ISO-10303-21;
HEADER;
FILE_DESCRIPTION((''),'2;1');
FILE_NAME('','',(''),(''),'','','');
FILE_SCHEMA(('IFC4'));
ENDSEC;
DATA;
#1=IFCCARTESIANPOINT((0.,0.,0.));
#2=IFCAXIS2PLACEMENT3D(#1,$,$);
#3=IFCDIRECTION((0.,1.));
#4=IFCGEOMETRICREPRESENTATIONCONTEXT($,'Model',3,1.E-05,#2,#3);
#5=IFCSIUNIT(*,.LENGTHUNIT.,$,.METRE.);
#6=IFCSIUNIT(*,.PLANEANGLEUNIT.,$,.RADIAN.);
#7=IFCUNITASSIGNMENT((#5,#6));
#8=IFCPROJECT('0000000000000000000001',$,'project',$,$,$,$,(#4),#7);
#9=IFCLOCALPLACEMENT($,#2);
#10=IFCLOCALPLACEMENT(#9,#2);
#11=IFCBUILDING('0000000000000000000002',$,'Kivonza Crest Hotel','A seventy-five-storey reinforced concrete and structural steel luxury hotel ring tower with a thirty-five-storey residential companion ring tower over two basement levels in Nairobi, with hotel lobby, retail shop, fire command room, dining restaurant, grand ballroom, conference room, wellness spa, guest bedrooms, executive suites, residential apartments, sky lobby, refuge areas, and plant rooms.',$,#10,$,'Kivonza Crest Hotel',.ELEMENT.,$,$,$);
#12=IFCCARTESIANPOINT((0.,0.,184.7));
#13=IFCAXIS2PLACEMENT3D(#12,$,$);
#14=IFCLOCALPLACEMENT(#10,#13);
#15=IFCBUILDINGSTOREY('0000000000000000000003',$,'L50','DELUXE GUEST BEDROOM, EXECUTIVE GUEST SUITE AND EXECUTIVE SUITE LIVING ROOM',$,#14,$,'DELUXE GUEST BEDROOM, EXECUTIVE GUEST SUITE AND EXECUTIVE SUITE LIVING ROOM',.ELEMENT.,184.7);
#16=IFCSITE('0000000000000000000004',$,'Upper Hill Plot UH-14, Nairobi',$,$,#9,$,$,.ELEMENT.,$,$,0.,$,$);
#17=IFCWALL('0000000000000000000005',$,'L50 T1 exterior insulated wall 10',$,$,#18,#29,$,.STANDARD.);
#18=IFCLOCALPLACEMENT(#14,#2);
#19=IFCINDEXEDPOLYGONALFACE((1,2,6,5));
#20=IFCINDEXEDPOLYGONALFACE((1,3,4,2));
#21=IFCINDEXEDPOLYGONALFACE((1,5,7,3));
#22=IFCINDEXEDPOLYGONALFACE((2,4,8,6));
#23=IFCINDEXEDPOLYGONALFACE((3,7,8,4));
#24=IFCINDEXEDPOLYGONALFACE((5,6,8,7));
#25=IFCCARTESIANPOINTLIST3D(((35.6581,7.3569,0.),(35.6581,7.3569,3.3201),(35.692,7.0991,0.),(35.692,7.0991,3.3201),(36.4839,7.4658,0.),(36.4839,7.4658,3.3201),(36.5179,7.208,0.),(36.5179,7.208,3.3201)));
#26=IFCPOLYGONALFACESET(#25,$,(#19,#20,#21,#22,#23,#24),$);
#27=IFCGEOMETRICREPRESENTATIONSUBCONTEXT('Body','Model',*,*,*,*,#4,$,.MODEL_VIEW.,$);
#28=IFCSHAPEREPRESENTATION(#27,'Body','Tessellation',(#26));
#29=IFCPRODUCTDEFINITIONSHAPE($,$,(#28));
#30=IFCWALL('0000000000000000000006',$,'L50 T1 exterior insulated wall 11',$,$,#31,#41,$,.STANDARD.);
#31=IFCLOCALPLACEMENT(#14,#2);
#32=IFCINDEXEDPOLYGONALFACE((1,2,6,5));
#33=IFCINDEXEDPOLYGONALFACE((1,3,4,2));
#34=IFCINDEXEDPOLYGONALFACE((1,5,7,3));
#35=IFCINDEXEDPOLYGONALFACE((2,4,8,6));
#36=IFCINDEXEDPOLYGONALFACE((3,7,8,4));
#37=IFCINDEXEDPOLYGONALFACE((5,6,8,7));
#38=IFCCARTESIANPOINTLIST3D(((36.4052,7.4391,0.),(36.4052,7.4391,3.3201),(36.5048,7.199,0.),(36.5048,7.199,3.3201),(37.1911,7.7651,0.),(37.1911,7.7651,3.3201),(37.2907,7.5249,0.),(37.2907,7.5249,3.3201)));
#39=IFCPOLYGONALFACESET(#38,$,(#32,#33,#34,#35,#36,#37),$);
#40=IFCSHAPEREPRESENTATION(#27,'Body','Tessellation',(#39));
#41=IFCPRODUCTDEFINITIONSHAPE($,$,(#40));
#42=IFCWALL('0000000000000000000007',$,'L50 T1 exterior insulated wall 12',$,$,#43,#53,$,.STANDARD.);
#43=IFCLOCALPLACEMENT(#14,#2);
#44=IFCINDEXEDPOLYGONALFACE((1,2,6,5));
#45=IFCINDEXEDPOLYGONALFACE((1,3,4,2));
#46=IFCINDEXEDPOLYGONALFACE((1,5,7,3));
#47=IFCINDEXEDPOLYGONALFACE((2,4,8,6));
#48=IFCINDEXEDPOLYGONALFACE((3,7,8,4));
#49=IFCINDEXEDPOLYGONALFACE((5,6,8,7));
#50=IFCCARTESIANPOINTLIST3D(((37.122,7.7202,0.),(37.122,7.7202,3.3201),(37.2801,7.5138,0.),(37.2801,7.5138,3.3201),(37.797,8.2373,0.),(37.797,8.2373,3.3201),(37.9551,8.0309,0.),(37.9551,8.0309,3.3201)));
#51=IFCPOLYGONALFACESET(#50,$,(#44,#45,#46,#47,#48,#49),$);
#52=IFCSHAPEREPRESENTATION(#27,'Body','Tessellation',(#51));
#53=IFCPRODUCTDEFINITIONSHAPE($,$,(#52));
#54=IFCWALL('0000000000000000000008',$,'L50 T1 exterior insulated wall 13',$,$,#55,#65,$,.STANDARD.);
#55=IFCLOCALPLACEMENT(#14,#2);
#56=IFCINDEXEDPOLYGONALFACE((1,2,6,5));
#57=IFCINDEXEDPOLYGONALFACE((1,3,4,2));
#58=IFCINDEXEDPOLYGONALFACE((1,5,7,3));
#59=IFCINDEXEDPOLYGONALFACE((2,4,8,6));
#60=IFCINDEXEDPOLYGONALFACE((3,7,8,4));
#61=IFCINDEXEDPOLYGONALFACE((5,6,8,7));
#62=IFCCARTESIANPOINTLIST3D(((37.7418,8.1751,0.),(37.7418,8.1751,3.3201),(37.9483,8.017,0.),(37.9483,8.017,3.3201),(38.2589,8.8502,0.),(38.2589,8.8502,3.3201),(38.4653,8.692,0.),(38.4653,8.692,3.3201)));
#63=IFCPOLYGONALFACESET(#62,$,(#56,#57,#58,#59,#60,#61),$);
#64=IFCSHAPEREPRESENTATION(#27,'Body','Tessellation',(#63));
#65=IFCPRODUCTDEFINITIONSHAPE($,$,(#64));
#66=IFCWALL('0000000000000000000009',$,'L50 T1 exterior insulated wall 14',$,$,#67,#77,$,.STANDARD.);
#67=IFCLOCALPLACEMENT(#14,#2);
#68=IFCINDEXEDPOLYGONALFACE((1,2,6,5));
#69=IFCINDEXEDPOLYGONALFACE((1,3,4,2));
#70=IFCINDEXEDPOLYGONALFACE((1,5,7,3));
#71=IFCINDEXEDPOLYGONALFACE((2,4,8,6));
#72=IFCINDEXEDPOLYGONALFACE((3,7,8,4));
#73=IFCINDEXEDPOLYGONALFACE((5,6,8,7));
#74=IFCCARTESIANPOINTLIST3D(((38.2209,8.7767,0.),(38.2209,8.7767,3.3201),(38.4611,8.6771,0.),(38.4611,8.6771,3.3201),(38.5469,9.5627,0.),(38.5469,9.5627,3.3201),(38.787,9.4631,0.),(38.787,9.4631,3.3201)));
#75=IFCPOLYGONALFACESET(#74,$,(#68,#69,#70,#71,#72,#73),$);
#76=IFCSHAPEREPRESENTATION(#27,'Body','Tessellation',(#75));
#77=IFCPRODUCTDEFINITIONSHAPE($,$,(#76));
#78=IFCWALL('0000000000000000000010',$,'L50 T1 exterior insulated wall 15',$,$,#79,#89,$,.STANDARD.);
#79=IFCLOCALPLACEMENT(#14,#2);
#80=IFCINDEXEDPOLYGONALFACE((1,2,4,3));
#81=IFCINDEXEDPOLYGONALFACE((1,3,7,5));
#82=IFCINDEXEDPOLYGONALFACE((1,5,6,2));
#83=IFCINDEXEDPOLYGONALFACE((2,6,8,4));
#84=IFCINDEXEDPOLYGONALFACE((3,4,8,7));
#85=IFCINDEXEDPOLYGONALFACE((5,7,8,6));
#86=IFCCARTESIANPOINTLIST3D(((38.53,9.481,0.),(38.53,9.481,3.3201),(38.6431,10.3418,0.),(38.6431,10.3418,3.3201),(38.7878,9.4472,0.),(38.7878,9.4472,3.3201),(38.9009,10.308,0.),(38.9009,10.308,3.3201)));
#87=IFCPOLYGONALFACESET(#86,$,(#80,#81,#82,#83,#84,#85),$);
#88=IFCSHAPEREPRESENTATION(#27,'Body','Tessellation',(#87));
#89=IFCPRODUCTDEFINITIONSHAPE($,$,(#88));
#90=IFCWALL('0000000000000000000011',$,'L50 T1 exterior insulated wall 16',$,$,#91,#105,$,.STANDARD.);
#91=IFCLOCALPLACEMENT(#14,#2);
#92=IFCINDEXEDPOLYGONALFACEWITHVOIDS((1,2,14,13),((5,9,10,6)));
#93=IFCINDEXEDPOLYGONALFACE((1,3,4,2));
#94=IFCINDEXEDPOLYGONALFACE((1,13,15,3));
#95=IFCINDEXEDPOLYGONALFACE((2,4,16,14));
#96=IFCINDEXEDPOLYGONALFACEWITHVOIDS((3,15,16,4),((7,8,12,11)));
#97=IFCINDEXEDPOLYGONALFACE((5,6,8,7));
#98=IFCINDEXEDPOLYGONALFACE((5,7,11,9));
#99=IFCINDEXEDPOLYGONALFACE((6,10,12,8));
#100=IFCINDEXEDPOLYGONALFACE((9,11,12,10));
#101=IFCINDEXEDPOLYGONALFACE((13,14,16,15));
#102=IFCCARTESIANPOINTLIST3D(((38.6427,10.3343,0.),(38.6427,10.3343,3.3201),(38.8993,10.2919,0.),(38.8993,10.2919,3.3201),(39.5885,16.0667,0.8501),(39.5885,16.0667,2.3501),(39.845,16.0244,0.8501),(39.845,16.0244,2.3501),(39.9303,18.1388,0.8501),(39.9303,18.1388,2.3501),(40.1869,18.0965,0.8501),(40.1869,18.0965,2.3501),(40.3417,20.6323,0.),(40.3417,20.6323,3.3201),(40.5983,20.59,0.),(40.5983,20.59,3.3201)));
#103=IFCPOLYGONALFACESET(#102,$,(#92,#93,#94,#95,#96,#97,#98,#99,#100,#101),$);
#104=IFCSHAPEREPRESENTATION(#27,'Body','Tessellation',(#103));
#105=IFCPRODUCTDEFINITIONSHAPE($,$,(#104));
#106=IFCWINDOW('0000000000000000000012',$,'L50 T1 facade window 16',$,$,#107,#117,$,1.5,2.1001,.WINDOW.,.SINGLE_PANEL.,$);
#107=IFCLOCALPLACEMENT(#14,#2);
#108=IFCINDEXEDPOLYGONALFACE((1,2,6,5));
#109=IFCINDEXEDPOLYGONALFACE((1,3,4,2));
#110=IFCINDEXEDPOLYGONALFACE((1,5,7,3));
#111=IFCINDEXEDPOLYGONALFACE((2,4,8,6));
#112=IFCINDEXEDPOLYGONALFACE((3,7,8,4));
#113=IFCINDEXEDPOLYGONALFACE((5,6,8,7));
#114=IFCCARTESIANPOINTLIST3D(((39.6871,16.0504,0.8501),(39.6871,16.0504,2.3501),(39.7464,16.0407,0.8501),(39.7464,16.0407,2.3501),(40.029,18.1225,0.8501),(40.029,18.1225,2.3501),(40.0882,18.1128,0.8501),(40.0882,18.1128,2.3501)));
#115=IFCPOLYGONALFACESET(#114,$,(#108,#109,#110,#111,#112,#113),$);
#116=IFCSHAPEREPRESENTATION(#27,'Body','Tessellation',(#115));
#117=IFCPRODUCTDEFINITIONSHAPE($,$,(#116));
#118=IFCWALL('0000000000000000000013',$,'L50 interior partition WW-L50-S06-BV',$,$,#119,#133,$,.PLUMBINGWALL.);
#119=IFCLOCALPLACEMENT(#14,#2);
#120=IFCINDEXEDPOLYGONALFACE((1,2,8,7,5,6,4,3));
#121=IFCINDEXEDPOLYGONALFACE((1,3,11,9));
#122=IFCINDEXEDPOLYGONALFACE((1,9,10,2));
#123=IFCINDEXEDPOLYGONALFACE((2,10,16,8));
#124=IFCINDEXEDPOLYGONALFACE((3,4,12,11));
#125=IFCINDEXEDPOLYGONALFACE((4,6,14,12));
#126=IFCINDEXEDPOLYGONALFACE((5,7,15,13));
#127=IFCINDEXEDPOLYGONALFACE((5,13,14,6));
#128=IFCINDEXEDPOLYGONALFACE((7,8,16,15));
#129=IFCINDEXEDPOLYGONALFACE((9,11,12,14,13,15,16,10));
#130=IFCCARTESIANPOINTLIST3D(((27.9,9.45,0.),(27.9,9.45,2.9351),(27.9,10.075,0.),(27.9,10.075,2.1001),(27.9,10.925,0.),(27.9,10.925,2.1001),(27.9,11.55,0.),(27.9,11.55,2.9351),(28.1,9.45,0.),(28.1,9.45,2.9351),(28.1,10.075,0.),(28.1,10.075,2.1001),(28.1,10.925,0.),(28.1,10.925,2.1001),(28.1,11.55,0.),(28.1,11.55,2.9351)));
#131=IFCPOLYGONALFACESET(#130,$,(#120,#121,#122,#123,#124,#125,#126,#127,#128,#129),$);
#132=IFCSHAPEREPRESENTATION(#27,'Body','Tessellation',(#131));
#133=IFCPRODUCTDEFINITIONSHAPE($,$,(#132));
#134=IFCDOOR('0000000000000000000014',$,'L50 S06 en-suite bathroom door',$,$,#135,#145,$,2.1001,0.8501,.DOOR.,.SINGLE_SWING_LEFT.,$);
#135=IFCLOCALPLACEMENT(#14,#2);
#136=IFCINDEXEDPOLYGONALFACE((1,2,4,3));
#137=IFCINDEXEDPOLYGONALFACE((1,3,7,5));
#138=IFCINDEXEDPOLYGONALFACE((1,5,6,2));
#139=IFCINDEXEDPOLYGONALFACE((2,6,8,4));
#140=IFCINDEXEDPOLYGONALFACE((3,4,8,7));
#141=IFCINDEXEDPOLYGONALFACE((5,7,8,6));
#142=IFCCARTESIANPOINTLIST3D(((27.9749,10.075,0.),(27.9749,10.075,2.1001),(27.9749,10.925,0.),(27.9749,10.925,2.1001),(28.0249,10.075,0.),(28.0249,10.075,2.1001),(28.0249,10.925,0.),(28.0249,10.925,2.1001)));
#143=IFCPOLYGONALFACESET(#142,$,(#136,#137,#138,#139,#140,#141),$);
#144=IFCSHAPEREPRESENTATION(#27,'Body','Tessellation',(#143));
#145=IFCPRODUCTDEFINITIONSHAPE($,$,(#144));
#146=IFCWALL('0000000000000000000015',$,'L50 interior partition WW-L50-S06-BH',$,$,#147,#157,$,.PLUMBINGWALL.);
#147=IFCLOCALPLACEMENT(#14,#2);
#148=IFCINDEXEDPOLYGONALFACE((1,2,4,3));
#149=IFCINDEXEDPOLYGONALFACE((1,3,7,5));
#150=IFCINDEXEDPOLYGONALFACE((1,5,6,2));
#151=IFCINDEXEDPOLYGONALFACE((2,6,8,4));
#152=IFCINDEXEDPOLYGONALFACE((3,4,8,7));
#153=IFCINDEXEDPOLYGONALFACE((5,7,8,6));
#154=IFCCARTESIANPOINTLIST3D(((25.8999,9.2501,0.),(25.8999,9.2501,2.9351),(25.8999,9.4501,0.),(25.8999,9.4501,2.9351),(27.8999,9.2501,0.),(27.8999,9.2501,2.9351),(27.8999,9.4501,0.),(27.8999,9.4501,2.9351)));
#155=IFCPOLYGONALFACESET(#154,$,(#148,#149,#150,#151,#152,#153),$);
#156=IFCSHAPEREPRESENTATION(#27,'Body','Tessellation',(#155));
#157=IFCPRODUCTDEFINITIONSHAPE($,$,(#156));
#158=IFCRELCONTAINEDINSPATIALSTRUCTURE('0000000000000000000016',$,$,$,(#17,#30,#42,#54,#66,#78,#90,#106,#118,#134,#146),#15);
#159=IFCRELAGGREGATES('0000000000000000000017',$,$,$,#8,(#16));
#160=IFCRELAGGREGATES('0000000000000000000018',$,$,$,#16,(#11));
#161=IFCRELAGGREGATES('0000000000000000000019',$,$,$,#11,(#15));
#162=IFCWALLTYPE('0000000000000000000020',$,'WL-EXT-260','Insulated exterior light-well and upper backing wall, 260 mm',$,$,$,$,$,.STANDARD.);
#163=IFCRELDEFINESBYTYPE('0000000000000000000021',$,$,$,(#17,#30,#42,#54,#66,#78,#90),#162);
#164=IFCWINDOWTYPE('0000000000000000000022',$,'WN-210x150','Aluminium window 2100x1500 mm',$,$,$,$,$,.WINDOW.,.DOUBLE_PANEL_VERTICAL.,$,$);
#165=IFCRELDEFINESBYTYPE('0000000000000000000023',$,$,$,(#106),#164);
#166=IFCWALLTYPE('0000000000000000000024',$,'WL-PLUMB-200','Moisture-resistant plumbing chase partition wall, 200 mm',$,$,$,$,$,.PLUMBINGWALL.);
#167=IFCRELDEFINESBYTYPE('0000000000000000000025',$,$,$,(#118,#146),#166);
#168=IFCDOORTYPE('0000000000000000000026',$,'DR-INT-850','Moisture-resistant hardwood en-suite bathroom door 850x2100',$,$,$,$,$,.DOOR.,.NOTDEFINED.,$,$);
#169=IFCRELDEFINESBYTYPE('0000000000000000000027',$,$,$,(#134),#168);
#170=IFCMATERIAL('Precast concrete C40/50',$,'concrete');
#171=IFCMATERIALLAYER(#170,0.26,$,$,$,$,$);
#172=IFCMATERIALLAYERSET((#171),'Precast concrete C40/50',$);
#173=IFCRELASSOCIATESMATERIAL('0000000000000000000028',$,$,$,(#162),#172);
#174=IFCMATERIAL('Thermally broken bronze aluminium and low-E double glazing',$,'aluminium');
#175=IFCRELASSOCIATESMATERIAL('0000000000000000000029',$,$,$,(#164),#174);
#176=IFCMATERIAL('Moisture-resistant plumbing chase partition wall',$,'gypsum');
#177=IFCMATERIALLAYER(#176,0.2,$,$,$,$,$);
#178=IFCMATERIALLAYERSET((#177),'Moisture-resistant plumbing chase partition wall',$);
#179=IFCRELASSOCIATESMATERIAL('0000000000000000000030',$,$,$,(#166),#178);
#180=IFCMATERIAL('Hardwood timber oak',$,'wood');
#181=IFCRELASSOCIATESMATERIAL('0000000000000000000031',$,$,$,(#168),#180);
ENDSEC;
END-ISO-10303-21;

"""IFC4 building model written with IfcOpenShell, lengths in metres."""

from ifc_helpers import new_model, si_unit, direction, frame, frame_2d, origin, place, context, subcontext, project, spatial, rectangle, extrude, material, layer, layer_set, type_object, element, fill, save


model = new_model("IFC4")

# Units and contexts
model_context = context("Model", 3, precision=1e-05, world=origin(), true_north=direction((0.0, 1.0)))
body_context = subcontext(model_context, "Body", "Model", "MODEL_VIEW")
ifc_project = project(units=[si_unit("LENGTHUNIT", "METRE"), si_unit("PLANEANGLEUNIT", "RADIAN")], contexts=[model_context])

# Site, building, storey
site_placement = place(None, origin())
site = spatial("IfcSite", under=ifc_project, at=site_placement, Name="Upper Hill Plot UH-14, Nairobi", CompositionType="ELEMENT", RefElevation=0.0)
building_placement = place(site_placement, origin())
building = spatial("IfcBuilding", under=site, at=building_placement, Name="Kivonza Crest Hotel", Description="A seventy-five-storey reinforced concrete and structural steel luxury hotel ring tower with a thirty-five-storey residential companion ring tower over two basement levels in Nairobi, with hotel lobby, retail shop, fire command room, dining restaurant, grand ballroom, conference room, wellness spa, guest bedrooms, executive suites, residential apartments, sky lobby, refuge areas, and plant rooms.", LongName="Kivonza Crest Hotel", CompositionType="ELEMENT")
storey_placement = place(building_placement, frame((0.0, 0.0, 184.7)))
storey = spatial("IfcBuildingStorey", under=building, at=storey_placement, Name="L50", Description="DELUXE GUEST BEDROOM, EXECUTIVE GUEST SUITE AND EXECUTIVE SUITE LIVING ROOM", LongName="DELUXE GUEST BEDROOM, EXECUTIVE GUEST SUITE AND EXECUTIVE SUITE LIVING ROOM", CompositionType="ELEMENT", Elevation=184.7)

# Shared definitions
ifc_material_1 = material(Name="Precast concrete C40/50", Category="concrete")
ifc_layer_1 = layer(ifc_material_1, 0.26)
ifc_layer_set_1 = layer_set([ifc_layer_1], Name="Precast concrete C40/50")
wall_type_1 = type_object("IfcWallType", Name="WL-EXT-260", Description="Insulated exterior light-well and upper backing wall, 260 mm", PredefinedType="STANDARD", material=ifc_layer_set_1)
ifc_material_2 = material(Name="Thermally broken bronze aluminium and low-E double glazing", Category="aluminium")
window_type = type_object("IfcWindowType", Name="WN-210x150", Description="Aluminium window 2100x1500 mm", PartitioningType="DOUBLE_PANEL_VERTICAL", PredefinedType="WINDOW", material=ifc_material_2)

# Walls
wall_1_placement = place(storey_placement, frame((35.675, 7.228, 0.0), z_axis=(0.0, 0.0, 1.0), x_axis=(0.991421, 0.130705, 0.0)))
element("IfcWall", 1, at=wall_1_placement, inside=storey, type_object=wall_type_1, Name="L50 T1 exterior insulated wall 10", PredefinedType="STANDARD", context=body_context, shape_type="SweptSolid", body=[
    extrude(rectangle(XDim=0.833, YDim=0.26, at=frame_2d((0.4165, 0.0))), origin(), (0.0, 0.0, 1.0), 3.3201),
])
wall_2_placement = place(storey_placement, frame((36.4551, 7.3191, 0.0), z_axis=(0.0, 0.0, 1.0), x_axis=(0.923712, 0.383087, 0.0)))
element("IfcWall", 2, at=wall_2_placement, inside=storey, type_object=wall_type_1, Name="L50 T1 exterior insulated wall 11", PredefinedType="STANDARD", context=body_context, shape_type="SweptSolid", body=[
    extrude(rectangle(XDim=0.8508, YDim=0.26, at=frame_2d((0.4253, 0.0))), origin(), (0.0, 0.0, 1.0), 3.3201),
])
for number, where, z_axis, x_axis, name in (
    (3, (37.2009, 7.6169, 0.0), (0.0, 0.0, 1.0), (0.79386, 0.6081, 0.0), "L50 T1 exterior insulated wall 12"),
    (4, (37.845, 8.0959, 0.0), (0.0, 0.0, 1.0), (0.6081, 0.79386, 0.0), "L50 T1 exterior insulated wall 13"),
):
    element("IfcWall", number, at=place(storey_placement, frame(where, z_axis=z_axis, x_axis=x_axis)), inside=storey, type_object=wall_type_1, Name=name, PredefinedType="STANDARD", context=body_context, shape_type="SweptSolid", body=[
        extrude(rectangle(XDim=0.8503, YDim=0.26, at=frame_2d((0.4253, 0.0))), origin(), (0.0, 0.0, 1.0), 3.3201),
    ])
wall_3_placement = place(storey_placement, frame((38.3411, 8.7271, 0.0), z_axis=(0.0, 0.0, 1.0), x_axis=(0.383087, 0.923712, 0.0)))
element("IfcWall", 5, at=wall_3_placement, inside=storey, type_object=wall_type_1, Name="L50 T1 exterior insulated wall 14", PredefinedType="STANDARD", context=body_context, shape_type="SweptSolid", body=[
    extrude(rectangle(XDim=0.8508, YDim=0.26, at=frame_2d((0.4253, 0.0))), origin(), (0.0, 0.0, 1.0), 3.3201),
])
wall_4_placement = place(storey_placement, frame((38.6589, 9.4641, 0.0), z_axis=(0.0, 0.0, 1.0), x_axis=(0.130193, 0.991489, 0.0)))
element("IfcWall", 6, at=wall_4_placement, inside=storey, type_object=wall_type_1, Name="L50 T1 exterior insulated wall 15", PredefinedType="STANDARD", context=body_context, shape_type="SweptSolid", body=[
    extrude(rectangle(XDim=0.8682, YDim=0.26, at=frame_2d((0.4341, 0.0))), origin(), (0.0, 0.0, 1.0), 3.3201),
])

# Wall, opening, window
wall_5_placement = place(storey_placement, frame((38.771, 10.313, 0.0), z_axis=(0.0, 0.0, 1.0), x_axis=(0.162779, 0.986663, 0.0)))
wall_5 = element("IfcWall", 7, at=wall_5_placement, inside=storey, type_object=wall_type_1, Name="L50 T1 exterior insulated wall 16", PredefinedType="STANDARD", context=body_context, shape_type="SweptSolid", body=[
    extrude(rectangle(XDim=10.4373, YDim=0.26, at=frame_2d((5.2188, 0.0))), origin(), (0.0, 0.0, 1.0), 3.3201),
])
opening_1_placement = place(wall_5_placement, frame((5.8101, 0.0, 0.8501)))
opening_1 = element("IfcOpeningElement", 8, at=opening_1_placement, cuts=wall_5, PredefinedType="OPENING", context=body_context, shape_type="SweptSolid", body=[
    extrude(rectangle(XDim=2.1001, YDim=1.5, at=frame_2d((1.05, 0.75))), frame((0.0, 0.1401, 0.0), z_axis=(0.0, -1.0, 0.0), x_axis=(1.0, 0.0, 0.0)), (0.0, 0.0, 1.0), 0.28),
])
window_1_placement = place(opening_1_placement, origin())
window_1 = element("IfcWindow", 9, at=window_1_placement, inside=storey, type_object=window_type, Name="L50 T1 facade window 16", OverallHeight=1.5, OverallWidth=2.1001, PartitioningType="SINGLE_PANEL", PredefinedType="WINDOW", context=body_context, shape_type="SweptSolid", body=[
    extrude(rectangle(XDim=2.1001, YDim=1.5, at=frame_2d((1.05, 0.75))), frame((0.0, 0.03, 0.0), z_axis=(0.0, -1.0, 0.0), x_axis=(1.0, 0.0, 0.0)), (0.0, 0.0, 1.0), 0.0601),
])
fill(opening_1, window_1)

# Wall, opening, door
ifc_material_3 = material(Name="Moisture-resistant plumbing chase partition wall", Category="gypsum")
ifc_layer_2 = layer(ifc_material_3, 0.2)
ifc_layer_set_2 = layer_set([ifc_layer_2], Name="Moisture-resistant plumbing chase partition wall")
wall_type_2 = type_object("IfcWallType", Name="WL-PLUMB-200", Description="Moisture-resistant plumbing chase partition wall, 200 mm", PredefinedType="PLUMBINGWALL", material=ifc_layer_set_2)
wall_6_placement = place(storey_placement, frame((28.0, 9.45, 0.0), z_axis=(0.0, 0.0, 1.0), x_axis=(0.0, 1.0, 0.0)))
wall_6 = element("IfcWall", 10, at=wall_6_placement, inside=storey, type_object=wall_type_2, Name="L50 interior partition WW-L50-S06-BV", PredefinedType="PLUMBINGWALL", context=body_context, shape_type="SweptSolid", body=[
    extrude(rectangle(XDim=2.1001, YDim=0.2, at=frame_2d((1.05, 0.0))), origin(), (0.0, 0.0, 1.0), 2.9351),
])
opening_2_placement = place(wall_6_placement, frame((0.625, 0.0, 0.0)))
opening_2 = element("IfcOpeningElement", 11, at=opening_2_placement, cuts=wall_6, PredefinedType="OPENING", context=body_context, shape_type="SweptSolid", body=[
    extrude(rectangle(XDim=0.8501, YDim=2.1001, at=frame_2d((0.425, 1.05))), frame((0.0, 0.1099, 0.0), z_axis=(0.0, -1.0, 0.0), x_axis=(1.0, 0.0, 0.0)), (0.0, 0.0, 1.0), 0.22),
])
ifc_material_4 = material(Name="Hardwood timber oak", Category="wood")
door_type = type_object("IfcDoorType", Name="DR-INT-850", Description="Moisture-resistant hardwood en-suite bathroom door 850x2100", OperationType="NOTDEFINED", PredefinedType="DOOR", material=ifc_material_4)
door_placement = place(opening_2_placement, frame((0.8501, 0.0, 0.0), z_axis=(0.0, 0.0, 1.0), x_axis=(-1.0, 0.0, 0.0)))
door = element("IfcDoor", 12, at=door_placement, inside=storey, type_object=door_type, Name="L50 S06 en-suite bathroom door", OperationType="SINGLE_SWING_LEFT", OverallHeight=2.1001, OverallWidth=0.8501, PredefinedType="DOOR", context=body_context, shape_type="SweptSolid", body=[
    extrude(rectangle(XDim=0.8501, YDim=2.1001, at=frame_2d((0.425, 1.05))), frame((0.0, 0.0249, 0.0), z_axis=(0.0, -1.0, 0.0), x_axis=(1.0, 0.0, 0.0)), (0.0, 0.0, 1.0), 0.05),
])
fill(opening_2, door)

# Wall
wall_7_placement = place(storey_placement, frame((25.8999, 9.3501, 0.0), z_axis=(0.0, 0.0, 1.0), x_axis=(1.0, 0.0, 0.0)))
element("IfcWall", 13, at=wall_7_placement, inside=storey, type_object=wall_type_2, Name="L50 interior partition WW-L50-S06-BH", PredefinedType="PLUMBINGWALL", context=body_context, shape_type="SweptSolid", body=[
    extrude(rectangle(XDim=2.0, YDim=0.2, at=frame_2d((1.0, 0.0))), origin(), (0.0, 0.0, 1.0), 2.9351),
])

save(model, "model.ifc")
